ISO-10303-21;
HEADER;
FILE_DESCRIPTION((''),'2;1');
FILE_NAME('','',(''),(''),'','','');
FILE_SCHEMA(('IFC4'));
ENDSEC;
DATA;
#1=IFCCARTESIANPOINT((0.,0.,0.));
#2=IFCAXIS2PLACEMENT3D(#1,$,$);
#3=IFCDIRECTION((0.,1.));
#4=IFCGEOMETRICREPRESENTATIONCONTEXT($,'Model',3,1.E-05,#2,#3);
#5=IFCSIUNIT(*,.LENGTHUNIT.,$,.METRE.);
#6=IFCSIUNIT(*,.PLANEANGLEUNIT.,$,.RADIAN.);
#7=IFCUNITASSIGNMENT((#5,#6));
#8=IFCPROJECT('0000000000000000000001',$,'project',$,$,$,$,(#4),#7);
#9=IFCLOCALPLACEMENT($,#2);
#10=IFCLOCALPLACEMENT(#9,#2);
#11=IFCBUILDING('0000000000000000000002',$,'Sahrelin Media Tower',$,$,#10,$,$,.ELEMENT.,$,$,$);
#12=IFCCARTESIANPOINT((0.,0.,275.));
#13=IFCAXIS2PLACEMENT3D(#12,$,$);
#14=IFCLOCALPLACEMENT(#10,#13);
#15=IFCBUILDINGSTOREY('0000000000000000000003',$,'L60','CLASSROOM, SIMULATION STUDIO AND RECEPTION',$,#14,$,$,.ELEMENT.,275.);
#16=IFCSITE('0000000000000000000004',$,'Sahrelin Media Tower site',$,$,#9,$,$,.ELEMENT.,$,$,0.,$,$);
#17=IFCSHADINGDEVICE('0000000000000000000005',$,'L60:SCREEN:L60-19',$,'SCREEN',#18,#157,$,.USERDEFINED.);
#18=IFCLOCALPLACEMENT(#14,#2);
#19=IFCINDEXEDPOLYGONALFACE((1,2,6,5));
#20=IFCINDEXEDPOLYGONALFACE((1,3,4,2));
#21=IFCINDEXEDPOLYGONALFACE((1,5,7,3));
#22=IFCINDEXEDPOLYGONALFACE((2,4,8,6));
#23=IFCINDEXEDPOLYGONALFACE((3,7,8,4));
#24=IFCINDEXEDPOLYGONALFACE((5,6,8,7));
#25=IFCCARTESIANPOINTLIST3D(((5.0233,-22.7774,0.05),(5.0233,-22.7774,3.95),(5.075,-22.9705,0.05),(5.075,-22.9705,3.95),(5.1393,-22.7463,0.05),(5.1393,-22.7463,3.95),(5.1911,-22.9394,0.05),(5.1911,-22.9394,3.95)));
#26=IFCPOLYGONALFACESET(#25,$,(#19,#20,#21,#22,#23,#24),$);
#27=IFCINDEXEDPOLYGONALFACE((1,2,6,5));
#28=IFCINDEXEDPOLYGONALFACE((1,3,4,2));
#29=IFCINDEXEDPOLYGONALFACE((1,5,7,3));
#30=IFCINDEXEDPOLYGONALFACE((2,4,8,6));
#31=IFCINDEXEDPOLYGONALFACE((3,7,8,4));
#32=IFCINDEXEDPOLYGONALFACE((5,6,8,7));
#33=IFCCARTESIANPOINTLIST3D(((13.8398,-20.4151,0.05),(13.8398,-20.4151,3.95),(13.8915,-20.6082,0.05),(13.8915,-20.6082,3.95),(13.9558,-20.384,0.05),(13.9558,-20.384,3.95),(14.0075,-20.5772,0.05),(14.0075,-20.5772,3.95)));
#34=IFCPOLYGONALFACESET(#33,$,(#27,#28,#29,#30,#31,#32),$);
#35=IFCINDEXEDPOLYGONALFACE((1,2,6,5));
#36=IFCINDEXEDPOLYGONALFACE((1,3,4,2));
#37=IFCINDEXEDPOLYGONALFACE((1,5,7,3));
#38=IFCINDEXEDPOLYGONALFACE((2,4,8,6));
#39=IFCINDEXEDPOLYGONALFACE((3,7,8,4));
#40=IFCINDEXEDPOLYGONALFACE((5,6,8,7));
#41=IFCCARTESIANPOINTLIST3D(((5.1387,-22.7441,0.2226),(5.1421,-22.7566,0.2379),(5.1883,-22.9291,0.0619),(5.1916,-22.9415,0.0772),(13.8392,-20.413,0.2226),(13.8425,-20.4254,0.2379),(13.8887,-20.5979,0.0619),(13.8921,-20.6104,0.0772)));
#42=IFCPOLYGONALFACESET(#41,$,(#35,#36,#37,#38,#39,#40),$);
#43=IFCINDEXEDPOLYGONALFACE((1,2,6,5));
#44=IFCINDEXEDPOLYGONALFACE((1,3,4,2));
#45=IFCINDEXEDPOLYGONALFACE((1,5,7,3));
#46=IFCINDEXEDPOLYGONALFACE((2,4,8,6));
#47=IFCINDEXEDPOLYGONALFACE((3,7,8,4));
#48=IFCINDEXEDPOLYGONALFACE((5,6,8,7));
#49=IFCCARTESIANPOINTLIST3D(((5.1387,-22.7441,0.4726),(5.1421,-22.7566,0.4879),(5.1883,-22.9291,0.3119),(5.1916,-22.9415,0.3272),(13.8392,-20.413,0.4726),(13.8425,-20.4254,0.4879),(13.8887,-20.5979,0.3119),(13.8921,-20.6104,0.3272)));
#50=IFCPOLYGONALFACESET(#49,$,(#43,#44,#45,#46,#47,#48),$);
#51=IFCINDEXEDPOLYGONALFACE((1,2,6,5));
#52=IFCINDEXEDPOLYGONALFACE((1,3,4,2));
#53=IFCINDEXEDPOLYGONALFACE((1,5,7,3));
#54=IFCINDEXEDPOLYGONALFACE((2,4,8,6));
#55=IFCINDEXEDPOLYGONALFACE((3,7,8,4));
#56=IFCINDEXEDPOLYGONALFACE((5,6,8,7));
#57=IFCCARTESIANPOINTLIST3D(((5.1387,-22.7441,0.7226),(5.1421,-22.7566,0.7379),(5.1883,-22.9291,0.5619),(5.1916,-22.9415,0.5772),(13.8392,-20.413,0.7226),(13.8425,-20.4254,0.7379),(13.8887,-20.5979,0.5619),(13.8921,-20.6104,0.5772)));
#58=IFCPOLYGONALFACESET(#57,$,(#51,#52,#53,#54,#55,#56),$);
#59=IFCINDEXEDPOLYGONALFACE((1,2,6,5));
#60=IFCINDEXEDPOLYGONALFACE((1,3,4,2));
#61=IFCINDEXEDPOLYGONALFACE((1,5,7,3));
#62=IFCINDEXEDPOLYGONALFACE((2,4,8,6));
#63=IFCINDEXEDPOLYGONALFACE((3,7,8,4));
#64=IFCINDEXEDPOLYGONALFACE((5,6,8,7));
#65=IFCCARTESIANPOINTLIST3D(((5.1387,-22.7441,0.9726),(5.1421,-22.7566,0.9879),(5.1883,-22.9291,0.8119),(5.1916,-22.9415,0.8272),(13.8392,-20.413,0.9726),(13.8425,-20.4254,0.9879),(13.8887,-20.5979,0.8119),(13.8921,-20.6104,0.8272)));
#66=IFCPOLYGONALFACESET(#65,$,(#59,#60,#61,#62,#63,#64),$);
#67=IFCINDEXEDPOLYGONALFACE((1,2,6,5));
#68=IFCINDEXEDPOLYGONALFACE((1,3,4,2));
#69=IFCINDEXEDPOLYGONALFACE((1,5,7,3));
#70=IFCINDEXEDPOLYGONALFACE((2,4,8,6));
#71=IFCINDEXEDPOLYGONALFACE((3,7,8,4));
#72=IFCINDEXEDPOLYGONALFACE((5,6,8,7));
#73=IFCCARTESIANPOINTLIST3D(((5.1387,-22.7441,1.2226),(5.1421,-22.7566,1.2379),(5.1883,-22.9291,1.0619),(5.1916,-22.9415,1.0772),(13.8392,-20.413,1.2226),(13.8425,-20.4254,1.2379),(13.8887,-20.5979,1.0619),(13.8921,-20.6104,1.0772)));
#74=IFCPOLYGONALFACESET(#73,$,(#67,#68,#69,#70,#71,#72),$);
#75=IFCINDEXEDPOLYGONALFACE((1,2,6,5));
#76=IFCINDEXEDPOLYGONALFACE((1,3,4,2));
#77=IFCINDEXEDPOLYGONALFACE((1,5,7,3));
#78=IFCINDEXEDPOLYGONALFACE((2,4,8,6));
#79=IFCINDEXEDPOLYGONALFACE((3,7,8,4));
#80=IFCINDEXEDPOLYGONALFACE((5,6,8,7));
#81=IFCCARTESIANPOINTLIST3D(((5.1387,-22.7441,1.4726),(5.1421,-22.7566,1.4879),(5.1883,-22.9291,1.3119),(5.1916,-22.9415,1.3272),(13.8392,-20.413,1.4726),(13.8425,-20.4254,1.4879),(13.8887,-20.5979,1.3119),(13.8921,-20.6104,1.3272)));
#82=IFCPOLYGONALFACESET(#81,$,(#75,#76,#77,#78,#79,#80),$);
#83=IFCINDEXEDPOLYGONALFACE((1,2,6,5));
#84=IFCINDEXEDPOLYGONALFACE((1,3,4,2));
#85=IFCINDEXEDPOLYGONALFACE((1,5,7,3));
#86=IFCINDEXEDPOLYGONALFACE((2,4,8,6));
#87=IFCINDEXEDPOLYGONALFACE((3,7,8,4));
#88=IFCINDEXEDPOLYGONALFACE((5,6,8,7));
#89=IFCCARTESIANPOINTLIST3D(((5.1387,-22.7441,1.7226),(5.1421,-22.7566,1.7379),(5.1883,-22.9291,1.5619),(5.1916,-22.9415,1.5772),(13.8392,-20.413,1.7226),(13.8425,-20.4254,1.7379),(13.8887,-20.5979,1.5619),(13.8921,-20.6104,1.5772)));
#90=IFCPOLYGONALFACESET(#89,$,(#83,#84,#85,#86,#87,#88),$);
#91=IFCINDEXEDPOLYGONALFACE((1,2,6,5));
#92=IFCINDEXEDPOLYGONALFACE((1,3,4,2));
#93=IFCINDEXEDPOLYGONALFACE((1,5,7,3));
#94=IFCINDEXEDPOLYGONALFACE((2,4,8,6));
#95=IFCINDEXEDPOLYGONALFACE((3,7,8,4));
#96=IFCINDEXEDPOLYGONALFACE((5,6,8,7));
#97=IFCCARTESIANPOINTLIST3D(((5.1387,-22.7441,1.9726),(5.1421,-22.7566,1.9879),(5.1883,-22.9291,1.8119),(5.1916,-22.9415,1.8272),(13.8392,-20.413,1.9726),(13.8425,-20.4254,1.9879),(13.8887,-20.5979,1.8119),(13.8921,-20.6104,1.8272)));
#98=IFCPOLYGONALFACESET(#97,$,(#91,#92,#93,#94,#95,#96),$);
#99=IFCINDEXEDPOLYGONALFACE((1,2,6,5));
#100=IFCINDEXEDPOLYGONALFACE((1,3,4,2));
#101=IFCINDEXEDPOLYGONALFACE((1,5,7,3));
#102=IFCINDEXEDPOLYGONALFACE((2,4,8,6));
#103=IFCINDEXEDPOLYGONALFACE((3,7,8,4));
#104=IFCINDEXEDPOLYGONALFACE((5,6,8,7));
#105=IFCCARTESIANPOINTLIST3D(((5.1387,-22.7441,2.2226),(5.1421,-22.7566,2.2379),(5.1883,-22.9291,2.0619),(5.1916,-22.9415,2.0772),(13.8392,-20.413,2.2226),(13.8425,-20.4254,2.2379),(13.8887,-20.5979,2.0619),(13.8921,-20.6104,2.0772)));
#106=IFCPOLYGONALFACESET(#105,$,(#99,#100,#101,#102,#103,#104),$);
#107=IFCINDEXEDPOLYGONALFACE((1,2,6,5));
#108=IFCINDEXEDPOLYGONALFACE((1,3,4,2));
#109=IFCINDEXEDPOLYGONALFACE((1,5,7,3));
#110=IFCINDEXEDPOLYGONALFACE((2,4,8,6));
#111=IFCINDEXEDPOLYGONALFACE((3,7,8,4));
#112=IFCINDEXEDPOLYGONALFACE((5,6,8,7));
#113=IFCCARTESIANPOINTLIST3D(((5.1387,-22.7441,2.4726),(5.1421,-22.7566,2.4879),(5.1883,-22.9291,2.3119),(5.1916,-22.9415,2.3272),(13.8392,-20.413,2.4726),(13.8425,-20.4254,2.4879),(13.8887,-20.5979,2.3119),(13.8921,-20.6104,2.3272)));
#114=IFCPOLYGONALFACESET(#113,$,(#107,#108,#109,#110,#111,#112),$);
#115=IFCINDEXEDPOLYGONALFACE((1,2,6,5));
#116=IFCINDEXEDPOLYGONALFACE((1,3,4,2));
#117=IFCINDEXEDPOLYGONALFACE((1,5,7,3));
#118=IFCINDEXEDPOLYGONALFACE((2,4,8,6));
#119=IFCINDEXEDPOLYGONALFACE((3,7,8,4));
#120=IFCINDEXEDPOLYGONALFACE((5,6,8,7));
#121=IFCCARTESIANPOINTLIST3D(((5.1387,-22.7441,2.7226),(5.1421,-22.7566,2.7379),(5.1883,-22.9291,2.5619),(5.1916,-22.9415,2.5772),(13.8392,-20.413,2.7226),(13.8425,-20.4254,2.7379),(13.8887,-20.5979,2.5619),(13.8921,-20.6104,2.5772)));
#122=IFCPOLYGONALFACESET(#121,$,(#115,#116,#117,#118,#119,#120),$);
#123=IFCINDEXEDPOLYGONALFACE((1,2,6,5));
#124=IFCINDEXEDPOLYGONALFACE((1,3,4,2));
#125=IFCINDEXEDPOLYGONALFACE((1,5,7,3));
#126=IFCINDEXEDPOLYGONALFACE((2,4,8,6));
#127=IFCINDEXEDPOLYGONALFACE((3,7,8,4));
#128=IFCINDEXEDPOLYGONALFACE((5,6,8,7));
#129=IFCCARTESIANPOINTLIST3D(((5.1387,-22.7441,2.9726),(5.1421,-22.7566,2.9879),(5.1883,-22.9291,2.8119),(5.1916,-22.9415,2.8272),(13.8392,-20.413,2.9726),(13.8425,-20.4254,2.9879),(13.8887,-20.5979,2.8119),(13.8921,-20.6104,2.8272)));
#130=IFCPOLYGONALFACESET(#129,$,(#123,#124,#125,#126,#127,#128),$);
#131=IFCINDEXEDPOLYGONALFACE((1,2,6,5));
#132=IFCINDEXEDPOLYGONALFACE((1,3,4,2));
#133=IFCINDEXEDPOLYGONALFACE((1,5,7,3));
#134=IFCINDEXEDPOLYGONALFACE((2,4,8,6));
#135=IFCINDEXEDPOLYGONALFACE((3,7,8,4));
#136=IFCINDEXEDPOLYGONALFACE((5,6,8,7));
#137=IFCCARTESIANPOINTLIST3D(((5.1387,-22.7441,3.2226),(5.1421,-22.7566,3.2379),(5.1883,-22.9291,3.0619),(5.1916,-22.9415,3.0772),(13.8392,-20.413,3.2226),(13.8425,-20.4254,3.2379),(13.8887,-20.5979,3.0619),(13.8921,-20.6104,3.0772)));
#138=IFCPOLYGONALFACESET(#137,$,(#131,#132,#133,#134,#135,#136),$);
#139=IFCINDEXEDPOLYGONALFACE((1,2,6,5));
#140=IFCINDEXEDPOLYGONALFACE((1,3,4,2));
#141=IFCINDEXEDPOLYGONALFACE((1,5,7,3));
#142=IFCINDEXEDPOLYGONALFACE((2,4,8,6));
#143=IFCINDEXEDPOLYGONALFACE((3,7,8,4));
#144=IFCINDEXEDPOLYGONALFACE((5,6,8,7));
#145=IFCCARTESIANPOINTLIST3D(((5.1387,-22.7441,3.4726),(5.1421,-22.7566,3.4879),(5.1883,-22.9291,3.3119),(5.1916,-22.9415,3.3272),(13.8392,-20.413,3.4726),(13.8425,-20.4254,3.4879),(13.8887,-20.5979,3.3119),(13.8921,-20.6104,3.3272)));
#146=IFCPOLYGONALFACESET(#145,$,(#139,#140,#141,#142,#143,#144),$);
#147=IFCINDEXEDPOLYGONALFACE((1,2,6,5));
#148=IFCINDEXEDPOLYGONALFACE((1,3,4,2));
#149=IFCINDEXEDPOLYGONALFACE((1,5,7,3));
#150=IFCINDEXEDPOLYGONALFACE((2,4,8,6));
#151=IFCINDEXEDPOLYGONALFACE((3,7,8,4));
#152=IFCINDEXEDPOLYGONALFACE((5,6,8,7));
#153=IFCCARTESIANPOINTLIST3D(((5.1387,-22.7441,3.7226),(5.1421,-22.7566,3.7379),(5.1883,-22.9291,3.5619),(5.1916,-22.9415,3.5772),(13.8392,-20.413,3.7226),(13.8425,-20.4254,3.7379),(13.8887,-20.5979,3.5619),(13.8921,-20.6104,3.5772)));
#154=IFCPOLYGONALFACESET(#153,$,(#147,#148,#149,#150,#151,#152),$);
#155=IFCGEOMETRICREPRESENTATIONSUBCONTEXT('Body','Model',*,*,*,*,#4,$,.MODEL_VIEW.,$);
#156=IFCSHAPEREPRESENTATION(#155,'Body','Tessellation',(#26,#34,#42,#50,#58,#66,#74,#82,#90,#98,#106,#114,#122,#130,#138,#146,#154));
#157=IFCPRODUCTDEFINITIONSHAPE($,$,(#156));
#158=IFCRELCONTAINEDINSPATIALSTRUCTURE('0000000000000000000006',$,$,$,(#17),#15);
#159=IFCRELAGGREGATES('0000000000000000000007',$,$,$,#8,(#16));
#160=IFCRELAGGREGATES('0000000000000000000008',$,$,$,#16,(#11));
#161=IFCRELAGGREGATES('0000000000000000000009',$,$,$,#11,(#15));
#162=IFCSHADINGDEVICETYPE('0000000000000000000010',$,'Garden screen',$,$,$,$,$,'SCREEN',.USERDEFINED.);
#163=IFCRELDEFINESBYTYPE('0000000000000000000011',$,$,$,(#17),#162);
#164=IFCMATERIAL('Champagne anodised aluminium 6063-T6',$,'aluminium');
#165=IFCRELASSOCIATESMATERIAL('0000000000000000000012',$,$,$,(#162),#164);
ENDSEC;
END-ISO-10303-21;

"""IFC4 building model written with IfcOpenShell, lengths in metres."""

from ifc_helpers import new_model, si_unit, direction, frame, origin, origin_2d, place, context, subcontext, project, spatial, rectangle, extrude, material, type_object, element, save


model = new_model("IFC4")

# Units and contexts
model_context = context("Model", 3, precision=1e-05, world=origin(), true_north=direction((0.0, 1.0)))
body_context = subcontext(model_context, "Body", "Model", "MODEL_VIEW")
ifc_project = project(units=[si_unit("LENGTHUNIT", "METRE"), si_unit("PLANEANGLEUNIT", "RADIAN")], contexts=[model_context])

# Site, building, storey
site_placement = place(None, origin())
site = spatial("IfcSite", under=ifc_project, at=site_placement, Name="Sahrelin Media Tower site", CompositionType="ELEMENT", RefElevation=0.0)
building_placement = place(site_placement, origin())
building = spatial("IfcBuilding", under=site, at=building_placement, Name="Sahrelin Media Tower", CompositionType="ELEMENT")
storey_placement = place(building_placement, frame((0.0, 0.0, 275.0)))
storey = spatial("IfcBuildingStorey", under=building, at=storey_placement, Name="L60", Description="CLASSROOM, SIMULATION STUDIO AND RECEPTION", CompositionType="ELEMENT", Elevation=275.0)

# Shading device
ifc_material_1 = material(Name="Champagne anodised aluminium 6063-T6", Category="aluminium")
shading_device_type = type_object("IfcShadingDeviceType", Name="Garden screen", ElementType="SCREEN", PredefinedType="USERDEFINED", material=ifc_material_1)
shading_device_placement = place(storey_placement, frame((9.4895, -21.5806, 0.0), z_axis=(0.0, 0.0, 1.0), x_axis=(-0.965929, -0.258808, 0.0)))
element("IfcShadingDevice", 1, at=shading_device_placement, inside=storey, type_object=shading_device_type, Name="L60:SCREEN:L60-19", ObjectType="SCREEN", PredefinedType="USERDEFINED", context=body_context, shape_type="SweptSolid", body=[
    extrude(rectangle(XDim=0.1201, YDim=0.2, at=origin_2d()), frame((4.5637, 0.1001, 0.05), z_axis=(0.0, 0.0, 1.0), x_axis=(1.0, 0.0, 0.0)), (0.0, 0.0, 1.0), 3.8999),
    extrude(rectangle(XDim=0.1201, YDim=0.2, at=origin_2d()), frame((-4.5637, 0.1001, 0.05), z_axis=(0.0, 0.0, 1.0), x_axis=(1.0, 0.0, 0.0)), (0.0, 0.0, 1.0), 3.8999),
    extrude(rectangle(XDim=0.25, YDim=0.02, at=origin_2d()), frame((4.5037, 0.1001, 0.1499), z_axis=(-1.0, 0.0, 0.0), x_axis=(0.0, -0.766044, 0.642788)), (0.0, 0.0, 1.0), 9.0073),
    extrude(rectangle(XDim=0.25, YDim=0.02, at=origin_2d()), frame((4.5037, 0.1001, 0.3999), z_axis=(-1.0, 0.0, 0.0), x_axis=(0.0, -0.766044, 0.642788)), (0.0, 0.0, 1.0), 9.0073),
    extrude(rectangle(XDim=0.25, YDim=0.02, at=origin_2d()), frame((4.5037, 0.1001, 0.6499), z_axis=(-1.0, 0.0, 0.0), x_axis=(0.0, -0.766044, 0.642788)), (0.0, 0.0, 1.0), 9.0073),
    extrude(rectangle(XDim=0.25, YDim=0.02, at=origin_2d()), frame((4.5037, 0.1001, 0.8999), z_axis=(-1.0, 0.0, 0.0), x_axis=(0.0, -0.766044, 0.642788)), (0.0, 0.0, 1.0), 9.0073),
    extrude(rectangle(XDim=0.25, YDim=0.02, at=origin_2d()), frame((4.5037, 0.1001, 1.1499), z_axis=(-1.0, 0.0, 0.0), x_axis=(0.0, -0.766044, 0.642788)), (0.0, 0.0, 1.0), 9.0073),
    extrude(rectangle(XDim=0.25, YDim=0.02, at=origin_2d()), frame((4.5037, 0.1001, 1.3999), z_axis=(-1.0, 0.0, 0.0), x_axis=(0.0, -0.766044, 0.642788)), (0.0, 0.0, 1.0), 9.0073),
    extrude(rectangle(XDim=0.25, YDim=0.02, at=origin_2d()), frame((4.5037, 0.1001, 1.6499), z_axis=(-1.0, 0.0, 0.0), x_axis=(0.0, -0.766044, 0.642788)), (0.0, 0.0, 1.0), 9.0073),
    extrude(rectangle(XDim=0.25, YDim=0.02, at=origin_2d()), frame((4.5037, 0.1001, 1.8999), z_axis=(-1.0, 0.0, 0.0), x_axis=(0.0, -0.766044, 0.642788)), (0.0, 0.0, 1.0), 9.0073),
    extrude(rectangle(XDim=0.25, YDim=0.02, at=origin_2d()), frame((4.5037, 0.1001, 2.1499), z_axis=(-1.0, 0.0, 0.0), x_axis=(0.0, -0.766044, 0.642788)), (0.0, 0.0, 1.0), 9.0073),
    extrude(rectangle(XDim=0.25, YDim=0.02, at=origin_2d()), frame((4.5037, 0.1001, 2.3999), z_axis=(-1.0, 0.0, 0.0), x_axis=(0.0, -0.766044, 0.642788)), (0.0, 0.0, 1.0), 9.0073),
    extrude(rectangle(XDim=0.25, YDim=0.02, at=origin_2d()), frame((4.5037, 0.1001, 2.6499), z_axis=(-1.0, 0.0, 0.0), x_axis=(0.0, -0.766044, 0.642788)), (0.0, 0.0, 1.0), 9.0073),
    extrude(rectangle(XDim=0.25, YDim=0.02, at=origin_2d()), frame((4.5037, 0.1001, 2.8999), z_axis=(-1.0, 0.0, 0.0), x_axis=(0.0, -0.766044, 0.642788)), (0.0, 0.0, 1.0), 9.0073),
    extrude(rectangle(XDim=0.25, YDim=0.02, at=origin_2d()), frame((4.5037, 0.1001, 3.1499), z_axis=(-1.0, 0.0, 0.0), x_axis=(0.0, -0.766044, 0.642788)), (0.0, 0.0, 1.0), 9.0073),
    extrude(rectangle(XDim=0.25, YDim=0.02, at=origin_2d()), frame((4.5037, 0.1001, 3.3999), z_axis=(-1.0, 0.0, 0.0), x_axis=(0.0, -0.766044, 0.642788)), (0.0, 0.0, 1.0), 9.0073),
    extrude(rectangle(XDim=0.25, YDim=0.02, at=origin_2d()), frame((4.5037, 0.1001, 3.6499), z_axis=(-1.0, 0.0, 0.0), x_axis=(0.0, -0.766044, 0.642788)), (0.0, 0.0, 1.0), 9.0073),
])

save(model, "model.ifc")
